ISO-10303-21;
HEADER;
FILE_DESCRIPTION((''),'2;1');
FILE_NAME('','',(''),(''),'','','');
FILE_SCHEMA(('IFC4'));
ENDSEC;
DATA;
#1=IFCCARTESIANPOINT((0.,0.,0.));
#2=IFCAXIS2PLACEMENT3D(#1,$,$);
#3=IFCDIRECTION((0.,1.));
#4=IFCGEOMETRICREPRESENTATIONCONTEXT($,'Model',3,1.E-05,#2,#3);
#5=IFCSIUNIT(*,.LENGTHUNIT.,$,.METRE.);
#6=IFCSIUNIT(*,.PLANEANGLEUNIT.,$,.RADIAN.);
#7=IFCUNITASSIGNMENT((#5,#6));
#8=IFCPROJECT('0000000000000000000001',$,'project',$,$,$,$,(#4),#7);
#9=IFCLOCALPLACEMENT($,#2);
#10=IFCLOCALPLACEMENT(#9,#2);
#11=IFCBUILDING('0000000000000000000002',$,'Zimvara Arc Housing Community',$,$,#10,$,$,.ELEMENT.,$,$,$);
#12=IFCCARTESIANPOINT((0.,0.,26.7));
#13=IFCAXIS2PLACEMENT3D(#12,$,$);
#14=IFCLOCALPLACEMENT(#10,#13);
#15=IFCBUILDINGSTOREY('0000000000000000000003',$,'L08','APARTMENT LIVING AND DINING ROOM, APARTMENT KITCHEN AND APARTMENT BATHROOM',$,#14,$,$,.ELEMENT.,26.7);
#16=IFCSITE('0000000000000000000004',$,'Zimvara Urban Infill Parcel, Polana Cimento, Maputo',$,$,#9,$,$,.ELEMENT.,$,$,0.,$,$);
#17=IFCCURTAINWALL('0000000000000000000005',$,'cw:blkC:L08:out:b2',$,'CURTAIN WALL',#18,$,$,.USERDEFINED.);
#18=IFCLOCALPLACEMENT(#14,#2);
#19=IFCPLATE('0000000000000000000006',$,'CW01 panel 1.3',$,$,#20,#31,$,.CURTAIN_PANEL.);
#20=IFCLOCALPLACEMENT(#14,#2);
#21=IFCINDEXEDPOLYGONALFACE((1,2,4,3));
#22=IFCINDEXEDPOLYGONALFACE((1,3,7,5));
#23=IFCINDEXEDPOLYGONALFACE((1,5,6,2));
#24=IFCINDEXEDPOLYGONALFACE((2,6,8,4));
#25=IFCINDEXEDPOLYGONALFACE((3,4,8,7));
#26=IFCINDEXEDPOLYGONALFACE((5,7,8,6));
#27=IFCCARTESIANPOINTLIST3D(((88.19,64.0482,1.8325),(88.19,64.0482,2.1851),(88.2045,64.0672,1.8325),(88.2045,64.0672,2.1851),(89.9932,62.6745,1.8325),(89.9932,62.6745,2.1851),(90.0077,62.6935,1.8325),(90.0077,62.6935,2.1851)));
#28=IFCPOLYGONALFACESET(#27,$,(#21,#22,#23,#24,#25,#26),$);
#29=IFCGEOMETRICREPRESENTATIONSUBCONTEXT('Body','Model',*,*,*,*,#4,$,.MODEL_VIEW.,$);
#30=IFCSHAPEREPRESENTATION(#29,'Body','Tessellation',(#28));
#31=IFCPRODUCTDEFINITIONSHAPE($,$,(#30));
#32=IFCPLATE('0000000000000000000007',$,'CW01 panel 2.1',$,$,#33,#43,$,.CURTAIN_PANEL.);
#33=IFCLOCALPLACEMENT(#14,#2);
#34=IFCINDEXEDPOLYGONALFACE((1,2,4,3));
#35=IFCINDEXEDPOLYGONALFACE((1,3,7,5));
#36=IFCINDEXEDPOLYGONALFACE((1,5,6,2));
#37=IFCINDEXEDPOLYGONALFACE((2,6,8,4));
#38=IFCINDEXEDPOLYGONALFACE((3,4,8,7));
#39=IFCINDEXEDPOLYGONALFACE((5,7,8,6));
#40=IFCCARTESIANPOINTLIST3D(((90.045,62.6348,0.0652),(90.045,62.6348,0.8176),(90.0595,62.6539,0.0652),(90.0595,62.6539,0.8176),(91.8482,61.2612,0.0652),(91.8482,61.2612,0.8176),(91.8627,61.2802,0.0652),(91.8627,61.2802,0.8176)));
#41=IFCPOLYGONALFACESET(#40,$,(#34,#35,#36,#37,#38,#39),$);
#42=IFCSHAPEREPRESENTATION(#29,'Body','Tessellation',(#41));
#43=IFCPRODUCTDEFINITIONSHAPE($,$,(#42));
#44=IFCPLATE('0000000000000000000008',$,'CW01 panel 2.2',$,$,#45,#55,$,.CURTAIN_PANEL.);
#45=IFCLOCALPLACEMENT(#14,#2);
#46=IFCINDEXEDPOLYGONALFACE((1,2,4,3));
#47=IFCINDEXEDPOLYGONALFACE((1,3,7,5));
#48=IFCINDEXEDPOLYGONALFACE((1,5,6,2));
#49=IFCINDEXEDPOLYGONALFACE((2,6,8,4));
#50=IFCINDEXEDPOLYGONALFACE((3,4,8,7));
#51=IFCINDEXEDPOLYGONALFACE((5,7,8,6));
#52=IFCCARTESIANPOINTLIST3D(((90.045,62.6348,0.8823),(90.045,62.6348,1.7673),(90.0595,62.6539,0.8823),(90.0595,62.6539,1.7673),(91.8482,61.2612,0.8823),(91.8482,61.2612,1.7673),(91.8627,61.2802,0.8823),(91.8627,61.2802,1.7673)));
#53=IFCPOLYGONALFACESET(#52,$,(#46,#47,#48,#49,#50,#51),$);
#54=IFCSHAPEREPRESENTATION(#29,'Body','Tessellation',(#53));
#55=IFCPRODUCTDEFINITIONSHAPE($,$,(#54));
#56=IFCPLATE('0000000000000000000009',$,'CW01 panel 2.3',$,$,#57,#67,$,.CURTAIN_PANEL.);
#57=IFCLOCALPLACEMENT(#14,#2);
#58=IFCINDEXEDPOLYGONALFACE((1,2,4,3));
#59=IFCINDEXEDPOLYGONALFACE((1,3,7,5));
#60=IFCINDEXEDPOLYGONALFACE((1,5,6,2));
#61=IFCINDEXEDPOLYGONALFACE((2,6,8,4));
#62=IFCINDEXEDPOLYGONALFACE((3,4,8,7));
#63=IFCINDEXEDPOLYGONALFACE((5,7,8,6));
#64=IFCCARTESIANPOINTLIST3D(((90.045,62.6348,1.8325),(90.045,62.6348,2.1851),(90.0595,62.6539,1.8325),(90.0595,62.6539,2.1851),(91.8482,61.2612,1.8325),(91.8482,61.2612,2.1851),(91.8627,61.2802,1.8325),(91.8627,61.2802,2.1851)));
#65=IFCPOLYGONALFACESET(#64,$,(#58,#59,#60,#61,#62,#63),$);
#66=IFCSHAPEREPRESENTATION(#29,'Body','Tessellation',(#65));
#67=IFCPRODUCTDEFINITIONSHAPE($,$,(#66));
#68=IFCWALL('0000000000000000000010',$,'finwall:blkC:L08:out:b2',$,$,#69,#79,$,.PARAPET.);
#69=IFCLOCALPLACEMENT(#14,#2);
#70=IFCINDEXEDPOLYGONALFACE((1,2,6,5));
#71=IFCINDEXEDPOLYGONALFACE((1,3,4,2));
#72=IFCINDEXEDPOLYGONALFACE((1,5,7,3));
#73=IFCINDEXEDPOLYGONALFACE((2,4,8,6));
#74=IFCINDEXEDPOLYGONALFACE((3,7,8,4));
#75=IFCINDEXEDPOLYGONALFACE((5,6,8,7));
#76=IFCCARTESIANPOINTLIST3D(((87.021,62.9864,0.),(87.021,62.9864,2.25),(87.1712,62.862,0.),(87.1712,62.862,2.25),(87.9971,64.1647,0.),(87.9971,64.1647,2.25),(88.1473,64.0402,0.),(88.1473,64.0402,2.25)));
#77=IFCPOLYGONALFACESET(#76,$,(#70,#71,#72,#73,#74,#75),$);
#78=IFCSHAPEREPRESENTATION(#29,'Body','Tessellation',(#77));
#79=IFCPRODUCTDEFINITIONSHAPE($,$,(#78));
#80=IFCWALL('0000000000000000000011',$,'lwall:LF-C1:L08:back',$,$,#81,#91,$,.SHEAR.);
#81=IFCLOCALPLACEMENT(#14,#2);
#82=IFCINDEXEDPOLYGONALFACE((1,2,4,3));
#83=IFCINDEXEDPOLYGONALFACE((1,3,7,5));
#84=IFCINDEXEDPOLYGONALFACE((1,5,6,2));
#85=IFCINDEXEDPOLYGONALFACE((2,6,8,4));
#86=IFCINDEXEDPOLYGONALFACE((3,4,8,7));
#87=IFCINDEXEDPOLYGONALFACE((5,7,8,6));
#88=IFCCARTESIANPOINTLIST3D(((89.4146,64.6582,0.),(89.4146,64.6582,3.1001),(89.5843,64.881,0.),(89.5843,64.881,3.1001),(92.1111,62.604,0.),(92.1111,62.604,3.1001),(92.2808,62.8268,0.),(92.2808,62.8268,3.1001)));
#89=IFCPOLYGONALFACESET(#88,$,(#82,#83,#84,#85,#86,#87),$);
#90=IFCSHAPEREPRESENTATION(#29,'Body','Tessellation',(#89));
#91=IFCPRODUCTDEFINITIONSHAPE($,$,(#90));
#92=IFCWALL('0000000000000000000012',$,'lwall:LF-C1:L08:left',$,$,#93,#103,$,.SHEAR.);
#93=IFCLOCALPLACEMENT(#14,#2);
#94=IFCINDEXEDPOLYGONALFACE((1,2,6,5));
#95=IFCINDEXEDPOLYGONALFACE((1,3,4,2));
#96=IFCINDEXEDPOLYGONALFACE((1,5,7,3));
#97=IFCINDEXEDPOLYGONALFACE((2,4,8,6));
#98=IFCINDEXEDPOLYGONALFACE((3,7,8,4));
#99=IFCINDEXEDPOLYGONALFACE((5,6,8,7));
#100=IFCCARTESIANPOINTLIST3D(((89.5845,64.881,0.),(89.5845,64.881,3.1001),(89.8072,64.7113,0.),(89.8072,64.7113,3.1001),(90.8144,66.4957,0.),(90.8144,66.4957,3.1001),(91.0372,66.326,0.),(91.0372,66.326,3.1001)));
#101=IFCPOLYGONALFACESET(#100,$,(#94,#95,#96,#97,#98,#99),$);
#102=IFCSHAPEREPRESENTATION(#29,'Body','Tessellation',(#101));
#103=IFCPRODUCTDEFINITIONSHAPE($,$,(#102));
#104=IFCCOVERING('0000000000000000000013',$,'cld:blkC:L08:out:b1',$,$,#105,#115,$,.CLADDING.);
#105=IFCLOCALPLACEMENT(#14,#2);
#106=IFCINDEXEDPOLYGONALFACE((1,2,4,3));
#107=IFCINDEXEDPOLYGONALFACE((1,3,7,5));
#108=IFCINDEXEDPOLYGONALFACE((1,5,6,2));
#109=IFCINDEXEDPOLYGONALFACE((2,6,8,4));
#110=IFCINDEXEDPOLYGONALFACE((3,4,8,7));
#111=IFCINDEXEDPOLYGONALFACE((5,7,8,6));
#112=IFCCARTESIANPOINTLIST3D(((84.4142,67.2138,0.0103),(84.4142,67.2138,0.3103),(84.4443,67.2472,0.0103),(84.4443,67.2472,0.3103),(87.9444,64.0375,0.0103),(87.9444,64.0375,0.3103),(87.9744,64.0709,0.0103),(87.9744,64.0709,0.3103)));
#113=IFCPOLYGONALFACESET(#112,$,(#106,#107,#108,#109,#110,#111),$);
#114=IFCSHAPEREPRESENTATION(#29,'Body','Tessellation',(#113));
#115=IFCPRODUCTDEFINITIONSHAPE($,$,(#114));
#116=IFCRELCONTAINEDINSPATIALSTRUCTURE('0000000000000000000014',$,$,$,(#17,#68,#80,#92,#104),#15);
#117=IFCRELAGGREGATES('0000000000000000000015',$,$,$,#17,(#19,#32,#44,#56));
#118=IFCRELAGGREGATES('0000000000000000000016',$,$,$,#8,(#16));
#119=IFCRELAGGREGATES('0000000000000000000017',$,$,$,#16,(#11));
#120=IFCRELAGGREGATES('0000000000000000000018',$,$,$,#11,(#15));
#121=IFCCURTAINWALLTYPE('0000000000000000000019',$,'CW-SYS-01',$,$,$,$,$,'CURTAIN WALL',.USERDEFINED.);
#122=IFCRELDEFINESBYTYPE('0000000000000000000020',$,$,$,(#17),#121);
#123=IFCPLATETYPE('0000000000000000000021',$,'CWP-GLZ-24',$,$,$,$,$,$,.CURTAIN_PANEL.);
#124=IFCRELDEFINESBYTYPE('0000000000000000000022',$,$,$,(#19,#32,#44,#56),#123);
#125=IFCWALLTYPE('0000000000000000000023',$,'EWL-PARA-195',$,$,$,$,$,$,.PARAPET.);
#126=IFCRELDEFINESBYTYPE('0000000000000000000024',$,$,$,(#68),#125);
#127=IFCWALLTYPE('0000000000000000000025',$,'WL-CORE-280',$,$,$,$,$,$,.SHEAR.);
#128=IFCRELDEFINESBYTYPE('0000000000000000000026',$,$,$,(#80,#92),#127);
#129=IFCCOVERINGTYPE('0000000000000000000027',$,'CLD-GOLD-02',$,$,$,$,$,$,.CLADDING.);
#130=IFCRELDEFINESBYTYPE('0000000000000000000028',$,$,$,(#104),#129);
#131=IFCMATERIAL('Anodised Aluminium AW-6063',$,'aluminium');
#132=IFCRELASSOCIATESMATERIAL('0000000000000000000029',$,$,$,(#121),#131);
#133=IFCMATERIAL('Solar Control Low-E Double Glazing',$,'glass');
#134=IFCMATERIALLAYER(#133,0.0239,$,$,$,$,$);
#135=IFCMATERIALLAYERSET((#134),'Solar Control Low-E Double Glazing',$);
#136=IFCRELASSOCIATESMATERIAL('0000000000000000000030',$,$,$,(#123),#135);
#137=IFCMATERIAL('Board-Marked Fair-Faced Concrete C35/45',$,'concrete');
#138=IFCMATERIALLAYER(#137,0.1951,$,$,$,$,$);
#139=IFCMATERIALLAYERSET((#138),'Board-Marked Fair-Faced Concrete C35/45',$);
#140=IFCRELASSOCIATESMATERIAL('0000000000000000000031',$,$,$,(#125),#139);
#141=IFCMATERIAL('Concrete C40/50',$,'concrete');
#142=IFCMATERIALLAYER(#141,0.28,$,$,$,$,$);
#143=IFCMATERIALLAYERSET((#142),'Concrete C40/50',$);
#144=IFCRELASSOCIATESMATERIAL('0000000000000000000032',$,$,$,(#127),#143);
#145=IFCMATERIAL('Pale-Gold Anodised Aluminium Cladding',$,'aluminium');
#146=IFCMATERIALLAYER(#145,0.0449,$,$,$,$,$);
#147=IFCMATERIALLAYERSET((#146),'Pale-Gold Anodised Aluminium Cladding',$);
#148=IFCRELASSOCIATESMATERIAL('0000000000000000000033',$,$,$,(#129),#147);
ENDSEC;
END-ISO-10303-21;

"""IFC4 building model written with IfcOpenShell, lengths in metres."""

from ifc_helpers import new_model, si_unit, direction, frame, frame_2d, origin, origin_2d, place, context, subcontext, project, spatial, rectangle, extrude, material, layer, layer_set, type_object, element, aggregate, save


model = new_model("IFC4")

# Units and contexts
model_context = context("Model", 3, precision=1e-05, world=origin(), true_north=direction((0.0, 1.0)))
body_context = subcontext(model_context, "Body", "Model", "MODEL_VIEW")
ifc_project = project(units=[si_unit("LENGTHUNIT", "METRE"), si_unit("PLANEANGLEUNIT", "RADIAN")], contexts=[model_context])

# Site, building, storey
site_placement = place(None, origin())
site = spatial("IfcSite", under=ifc_project, at=site_placement, Name="Zimvara Urban Infill Parcel, Polana Cimento, Maputo", CompositionType="ELEMENT", RefElevation=0.0)
building_placement = place(site_placement, origin())
building = spatial("IfcBuilding", under=site, at=building_placement, Name="Zimvara Arc Housing Community", CompositionType="ELEMENT")
storey_placement = place(building_placement, frame((0.0, 0.0, 26.7)))
storey = spatial("IfcBuildingStorey", under=building, at=storey_placement, Name="L08", Description="APARTMENT LIVING AND DINING ROOM, APARTMENT KITCHEN AND APARTMENT BATHROOM", CompositionType="ELEMENT", Elevation=26.7)

# Curtain wall, plates
ifc_material_1 = material(Name="Anodised Aluminium AW-6063", Category="aluminium")
curtain_wall_type = type_object("IfcCurtainWallType", Name="CW-SYS-01", ElementType="CURTAIN WALL", PredefinedType="USERDEFINED", material=ifc_material_1)
curtain_wall_placement = place(storey_placement, origin())
curtain_wall = element("IfcCurtainWall", 1, at=curtain_wall_placement, inside=storey, type_object=curtain_wall_type, Name="cw:blkC:L08:out:b2", ObjectType="CURTAIN WALL", PredefinedType="USERDEFINED")
ifc_material_2 = material(Name="Solar Control Low-E Double Glazing", Category="glass")
ifc_layer_1 = layer(ifc_material_2, 0.0239)
ifc_layer_set_1 = layer_set([ifc_layer_1], Name="Solar Control Low-E Double Glazing")
plate_type = type_object("IfcPlateType", Name="CWP-GLZ-24", PredefinedType="CURTAIN_PANEL", material=ifc_layer_set_1)
plate_1_placement = place(storey_placement, frame((89.0989, 63.3708, 1.8325), z_axis=(0.0, 0.0, 1.0), x_axis=(0.795474, -0.605988, 0.0)))
plate_1 = element("IfcPlate", 2, at=plate_1_placement, type_object=plate_type, Name="CW01 panel 1.3", PredefinedType="CURTAIN_PANEL", context=body_context, shape_type="SweptSolid", body=[
    extrude(rectangle(XDim=2.2668, YDim=0.0239, at=origin_2d()), origin(), (0.0, 0.0, 1.0), 0.3525),
])
plate_2_placement = place(storey_placement, frame((90.9539, 61.9575, 0.0652), z_axis=(0.0, 0.0, 1.0), x_axis=(0.795474, -0.605988, 0.0)))
plate_2 = element("IfcPlate", 3, at=plate_2_placement, type_object=plate_type, Name="CW01 panel 2.1", PredefinedType="CURTAIN_PANEL", context=body_context, shape_type="SweptSolid", body=[
    extrude(rectangle(XDim=2.2668, YDim=0.0239, at=origin_2d()), origin(), (0.0, 0.0, 1.0), 0.7524),
])
plate_3_placement = place(storey_placement, frame((90.9539, 61.9575, 0.8823), z_axis=(0.0, 0.0, 1.0), x_axis=(0.795474, -0.605988, 0.0)))
plate_3 = element("IfcPlate", 4, at=plate_3_placement, type_object=plate_type, Name="CW01 panel 2.2", PredefinedType="CURTAIN_PANEL", context=body_context, shape_type="SweptSolid", body=[
    extrude(rectangle(XDim=2.2668, YDim=0.0239, at=origin_2d()), origin(), (0.0, 0.0, 1.0), 0.885),
])
plate_4_placement = place(storey_placement, frame((90.9539, 61.9575, 1.8325), z_axis=(0.0, 0.0, 1.0), x_axis=(0.795474, -0.605988, 0.0)))
plate_4 = element("IfcPlate", 5, at=plate_4_placement, type_object=plate_type, Name="CW01 panel 2.3", PredefinedType="CURTAIN_PANEL", context=body_context, shape_type="SweptSolid", body=[
    extrude(rectangle(XDim=2.2668, YDim=0.0239, at=origin_2d()), origin(), (0.0, 0.0, 1.0), 0.3525),
])
aggregate(curtain_wall, [plate_1, plate_2, plate_3, plate_4])

# Walls
ifc_material_3 = material(Name="Board-Marked Fair-Faced Concrete C35/45", Category="concrete")
ifc_layer_2 = layer(ifc_material_3, 0.1951)
ifc_layer_set_2 = layer_set([ifc_layer_2], Name="Board-Marked Fair-Faced Concrete C35/45")
wall_type_1 = type_object("IfcWallType", Name="EWL-PARA-195", PredefinedType="PARAPET", material=ifc_layer_set_2)
wall_1_placement = place(storey_placement, frame((88.0723, 64.1025, 0.0), z_axis=(0.0, 0.0, 1.0), x_axis=(-0.637953, -0.770075, 0.0)))
element("IfcWall", 6, at=wall_1_placement, inside=storey, type_object=wall_type_1, Name="finwall:blkC:L08:out:b2", PredefinedType="PARAPET", context=body_context, shape_type="SweptSolid", body=[
    extrude(rectangle(XDim=1.53, YDim=0.1951, at=frame_2d((0.7651, 0.0))), origin(), (0.0, 0.0, 1.0), 2.25),
])
ifc_material_4 = material(Name="Concrete C40/50", Category="concrete")
ifc_layer_3 = layer(ifc_material_4, 0.28)
ifc_layer_set_3 = layer_set([ifc_layer_3], Name="Concrete C40/50")
wall_type_2 = type_object("IfcWallType", Name="WL-CORE-280", PredefinedType="SHEAR", material=ifc_layer_set_3)
wall_2_placement = place(storey_placement, frame((89.4995, 64.7695, 0.0), z_axis=(0.0, 0.0, 1.0), x_axis=(0.795475, -0.605987, 0.0)))
element("IfcWall", 7, at=wall_2_placement, inside=storey, type_object=wall_type_2, Name="lwall:LF-C1:L08:back", PredefinedType="SHEAR", context=body_context, shape_type="SweptSolid", body=[
    extrude(rectangle(XDim=3.3899, YDim=0.28, at=frame_2d((1.6948, 0.0))), origin(), (0.0, 0.0, 1.0), 3.1001),
])
wall_3_placement = place(storey_placement, frame((90.9258, 66.4109, 0.0), z_axis=(0.0, 0.0, 1.0), x_axis=(-0.605949, -0.795504, 0.0)))
element("IfcWall", 8, at=wall_3_placement, inside=storey, type_object=wall_type_2, Name="lwall:LF-C1:L08:left", PredefinedType="SHEAR", context=body_context, shape_type="SweptSolid", body=[
    extrude(rectangle(XDim=2.0298, YDim=0.28, at=frame_2d((1.0149, 0.0))), origin(), (0.0, 0.0, 1.0), 3.1001),
])

# Covering
ifc_material_5 = material(Name="Pale-Gold Anodised Aluminium Cladding", Category="aluminium")
ifc_layer_4 = layer(ifc_material_5, 0.0449)
ifc_layer_set_4 = layer_set([ifc_layer_4], Name="Pale-Gold Anodised Aluminium Cladding")
covering_type = type_object("IfcCoveringType", Name="CLD-GOLD-02", PredefinedType="CLADDING", material=ifc_layer_set_4)
covering_placement = place(storey_placement, frame((86.1943, 65.6423, 0.0103), z_axis=(0.0, 0.0, 1.0), x_axis=(0.743377, -0.668872, 0.0)))
element("IfcCovering", 9, at=covering_placement, inside=storey, type_object=covering_type, Name="cld:blkC:L08:out:b1", PredefinedType="CLADDING", context=body_context, shape_type="SweptSolid", body=[
    extrude(rectangle(XDim=4.7488, YDim=0.0449, at=origin_2d()), origin(), (0.0, 0.0, 1.0), 0.3),
])

save(model, "model.ifc")
